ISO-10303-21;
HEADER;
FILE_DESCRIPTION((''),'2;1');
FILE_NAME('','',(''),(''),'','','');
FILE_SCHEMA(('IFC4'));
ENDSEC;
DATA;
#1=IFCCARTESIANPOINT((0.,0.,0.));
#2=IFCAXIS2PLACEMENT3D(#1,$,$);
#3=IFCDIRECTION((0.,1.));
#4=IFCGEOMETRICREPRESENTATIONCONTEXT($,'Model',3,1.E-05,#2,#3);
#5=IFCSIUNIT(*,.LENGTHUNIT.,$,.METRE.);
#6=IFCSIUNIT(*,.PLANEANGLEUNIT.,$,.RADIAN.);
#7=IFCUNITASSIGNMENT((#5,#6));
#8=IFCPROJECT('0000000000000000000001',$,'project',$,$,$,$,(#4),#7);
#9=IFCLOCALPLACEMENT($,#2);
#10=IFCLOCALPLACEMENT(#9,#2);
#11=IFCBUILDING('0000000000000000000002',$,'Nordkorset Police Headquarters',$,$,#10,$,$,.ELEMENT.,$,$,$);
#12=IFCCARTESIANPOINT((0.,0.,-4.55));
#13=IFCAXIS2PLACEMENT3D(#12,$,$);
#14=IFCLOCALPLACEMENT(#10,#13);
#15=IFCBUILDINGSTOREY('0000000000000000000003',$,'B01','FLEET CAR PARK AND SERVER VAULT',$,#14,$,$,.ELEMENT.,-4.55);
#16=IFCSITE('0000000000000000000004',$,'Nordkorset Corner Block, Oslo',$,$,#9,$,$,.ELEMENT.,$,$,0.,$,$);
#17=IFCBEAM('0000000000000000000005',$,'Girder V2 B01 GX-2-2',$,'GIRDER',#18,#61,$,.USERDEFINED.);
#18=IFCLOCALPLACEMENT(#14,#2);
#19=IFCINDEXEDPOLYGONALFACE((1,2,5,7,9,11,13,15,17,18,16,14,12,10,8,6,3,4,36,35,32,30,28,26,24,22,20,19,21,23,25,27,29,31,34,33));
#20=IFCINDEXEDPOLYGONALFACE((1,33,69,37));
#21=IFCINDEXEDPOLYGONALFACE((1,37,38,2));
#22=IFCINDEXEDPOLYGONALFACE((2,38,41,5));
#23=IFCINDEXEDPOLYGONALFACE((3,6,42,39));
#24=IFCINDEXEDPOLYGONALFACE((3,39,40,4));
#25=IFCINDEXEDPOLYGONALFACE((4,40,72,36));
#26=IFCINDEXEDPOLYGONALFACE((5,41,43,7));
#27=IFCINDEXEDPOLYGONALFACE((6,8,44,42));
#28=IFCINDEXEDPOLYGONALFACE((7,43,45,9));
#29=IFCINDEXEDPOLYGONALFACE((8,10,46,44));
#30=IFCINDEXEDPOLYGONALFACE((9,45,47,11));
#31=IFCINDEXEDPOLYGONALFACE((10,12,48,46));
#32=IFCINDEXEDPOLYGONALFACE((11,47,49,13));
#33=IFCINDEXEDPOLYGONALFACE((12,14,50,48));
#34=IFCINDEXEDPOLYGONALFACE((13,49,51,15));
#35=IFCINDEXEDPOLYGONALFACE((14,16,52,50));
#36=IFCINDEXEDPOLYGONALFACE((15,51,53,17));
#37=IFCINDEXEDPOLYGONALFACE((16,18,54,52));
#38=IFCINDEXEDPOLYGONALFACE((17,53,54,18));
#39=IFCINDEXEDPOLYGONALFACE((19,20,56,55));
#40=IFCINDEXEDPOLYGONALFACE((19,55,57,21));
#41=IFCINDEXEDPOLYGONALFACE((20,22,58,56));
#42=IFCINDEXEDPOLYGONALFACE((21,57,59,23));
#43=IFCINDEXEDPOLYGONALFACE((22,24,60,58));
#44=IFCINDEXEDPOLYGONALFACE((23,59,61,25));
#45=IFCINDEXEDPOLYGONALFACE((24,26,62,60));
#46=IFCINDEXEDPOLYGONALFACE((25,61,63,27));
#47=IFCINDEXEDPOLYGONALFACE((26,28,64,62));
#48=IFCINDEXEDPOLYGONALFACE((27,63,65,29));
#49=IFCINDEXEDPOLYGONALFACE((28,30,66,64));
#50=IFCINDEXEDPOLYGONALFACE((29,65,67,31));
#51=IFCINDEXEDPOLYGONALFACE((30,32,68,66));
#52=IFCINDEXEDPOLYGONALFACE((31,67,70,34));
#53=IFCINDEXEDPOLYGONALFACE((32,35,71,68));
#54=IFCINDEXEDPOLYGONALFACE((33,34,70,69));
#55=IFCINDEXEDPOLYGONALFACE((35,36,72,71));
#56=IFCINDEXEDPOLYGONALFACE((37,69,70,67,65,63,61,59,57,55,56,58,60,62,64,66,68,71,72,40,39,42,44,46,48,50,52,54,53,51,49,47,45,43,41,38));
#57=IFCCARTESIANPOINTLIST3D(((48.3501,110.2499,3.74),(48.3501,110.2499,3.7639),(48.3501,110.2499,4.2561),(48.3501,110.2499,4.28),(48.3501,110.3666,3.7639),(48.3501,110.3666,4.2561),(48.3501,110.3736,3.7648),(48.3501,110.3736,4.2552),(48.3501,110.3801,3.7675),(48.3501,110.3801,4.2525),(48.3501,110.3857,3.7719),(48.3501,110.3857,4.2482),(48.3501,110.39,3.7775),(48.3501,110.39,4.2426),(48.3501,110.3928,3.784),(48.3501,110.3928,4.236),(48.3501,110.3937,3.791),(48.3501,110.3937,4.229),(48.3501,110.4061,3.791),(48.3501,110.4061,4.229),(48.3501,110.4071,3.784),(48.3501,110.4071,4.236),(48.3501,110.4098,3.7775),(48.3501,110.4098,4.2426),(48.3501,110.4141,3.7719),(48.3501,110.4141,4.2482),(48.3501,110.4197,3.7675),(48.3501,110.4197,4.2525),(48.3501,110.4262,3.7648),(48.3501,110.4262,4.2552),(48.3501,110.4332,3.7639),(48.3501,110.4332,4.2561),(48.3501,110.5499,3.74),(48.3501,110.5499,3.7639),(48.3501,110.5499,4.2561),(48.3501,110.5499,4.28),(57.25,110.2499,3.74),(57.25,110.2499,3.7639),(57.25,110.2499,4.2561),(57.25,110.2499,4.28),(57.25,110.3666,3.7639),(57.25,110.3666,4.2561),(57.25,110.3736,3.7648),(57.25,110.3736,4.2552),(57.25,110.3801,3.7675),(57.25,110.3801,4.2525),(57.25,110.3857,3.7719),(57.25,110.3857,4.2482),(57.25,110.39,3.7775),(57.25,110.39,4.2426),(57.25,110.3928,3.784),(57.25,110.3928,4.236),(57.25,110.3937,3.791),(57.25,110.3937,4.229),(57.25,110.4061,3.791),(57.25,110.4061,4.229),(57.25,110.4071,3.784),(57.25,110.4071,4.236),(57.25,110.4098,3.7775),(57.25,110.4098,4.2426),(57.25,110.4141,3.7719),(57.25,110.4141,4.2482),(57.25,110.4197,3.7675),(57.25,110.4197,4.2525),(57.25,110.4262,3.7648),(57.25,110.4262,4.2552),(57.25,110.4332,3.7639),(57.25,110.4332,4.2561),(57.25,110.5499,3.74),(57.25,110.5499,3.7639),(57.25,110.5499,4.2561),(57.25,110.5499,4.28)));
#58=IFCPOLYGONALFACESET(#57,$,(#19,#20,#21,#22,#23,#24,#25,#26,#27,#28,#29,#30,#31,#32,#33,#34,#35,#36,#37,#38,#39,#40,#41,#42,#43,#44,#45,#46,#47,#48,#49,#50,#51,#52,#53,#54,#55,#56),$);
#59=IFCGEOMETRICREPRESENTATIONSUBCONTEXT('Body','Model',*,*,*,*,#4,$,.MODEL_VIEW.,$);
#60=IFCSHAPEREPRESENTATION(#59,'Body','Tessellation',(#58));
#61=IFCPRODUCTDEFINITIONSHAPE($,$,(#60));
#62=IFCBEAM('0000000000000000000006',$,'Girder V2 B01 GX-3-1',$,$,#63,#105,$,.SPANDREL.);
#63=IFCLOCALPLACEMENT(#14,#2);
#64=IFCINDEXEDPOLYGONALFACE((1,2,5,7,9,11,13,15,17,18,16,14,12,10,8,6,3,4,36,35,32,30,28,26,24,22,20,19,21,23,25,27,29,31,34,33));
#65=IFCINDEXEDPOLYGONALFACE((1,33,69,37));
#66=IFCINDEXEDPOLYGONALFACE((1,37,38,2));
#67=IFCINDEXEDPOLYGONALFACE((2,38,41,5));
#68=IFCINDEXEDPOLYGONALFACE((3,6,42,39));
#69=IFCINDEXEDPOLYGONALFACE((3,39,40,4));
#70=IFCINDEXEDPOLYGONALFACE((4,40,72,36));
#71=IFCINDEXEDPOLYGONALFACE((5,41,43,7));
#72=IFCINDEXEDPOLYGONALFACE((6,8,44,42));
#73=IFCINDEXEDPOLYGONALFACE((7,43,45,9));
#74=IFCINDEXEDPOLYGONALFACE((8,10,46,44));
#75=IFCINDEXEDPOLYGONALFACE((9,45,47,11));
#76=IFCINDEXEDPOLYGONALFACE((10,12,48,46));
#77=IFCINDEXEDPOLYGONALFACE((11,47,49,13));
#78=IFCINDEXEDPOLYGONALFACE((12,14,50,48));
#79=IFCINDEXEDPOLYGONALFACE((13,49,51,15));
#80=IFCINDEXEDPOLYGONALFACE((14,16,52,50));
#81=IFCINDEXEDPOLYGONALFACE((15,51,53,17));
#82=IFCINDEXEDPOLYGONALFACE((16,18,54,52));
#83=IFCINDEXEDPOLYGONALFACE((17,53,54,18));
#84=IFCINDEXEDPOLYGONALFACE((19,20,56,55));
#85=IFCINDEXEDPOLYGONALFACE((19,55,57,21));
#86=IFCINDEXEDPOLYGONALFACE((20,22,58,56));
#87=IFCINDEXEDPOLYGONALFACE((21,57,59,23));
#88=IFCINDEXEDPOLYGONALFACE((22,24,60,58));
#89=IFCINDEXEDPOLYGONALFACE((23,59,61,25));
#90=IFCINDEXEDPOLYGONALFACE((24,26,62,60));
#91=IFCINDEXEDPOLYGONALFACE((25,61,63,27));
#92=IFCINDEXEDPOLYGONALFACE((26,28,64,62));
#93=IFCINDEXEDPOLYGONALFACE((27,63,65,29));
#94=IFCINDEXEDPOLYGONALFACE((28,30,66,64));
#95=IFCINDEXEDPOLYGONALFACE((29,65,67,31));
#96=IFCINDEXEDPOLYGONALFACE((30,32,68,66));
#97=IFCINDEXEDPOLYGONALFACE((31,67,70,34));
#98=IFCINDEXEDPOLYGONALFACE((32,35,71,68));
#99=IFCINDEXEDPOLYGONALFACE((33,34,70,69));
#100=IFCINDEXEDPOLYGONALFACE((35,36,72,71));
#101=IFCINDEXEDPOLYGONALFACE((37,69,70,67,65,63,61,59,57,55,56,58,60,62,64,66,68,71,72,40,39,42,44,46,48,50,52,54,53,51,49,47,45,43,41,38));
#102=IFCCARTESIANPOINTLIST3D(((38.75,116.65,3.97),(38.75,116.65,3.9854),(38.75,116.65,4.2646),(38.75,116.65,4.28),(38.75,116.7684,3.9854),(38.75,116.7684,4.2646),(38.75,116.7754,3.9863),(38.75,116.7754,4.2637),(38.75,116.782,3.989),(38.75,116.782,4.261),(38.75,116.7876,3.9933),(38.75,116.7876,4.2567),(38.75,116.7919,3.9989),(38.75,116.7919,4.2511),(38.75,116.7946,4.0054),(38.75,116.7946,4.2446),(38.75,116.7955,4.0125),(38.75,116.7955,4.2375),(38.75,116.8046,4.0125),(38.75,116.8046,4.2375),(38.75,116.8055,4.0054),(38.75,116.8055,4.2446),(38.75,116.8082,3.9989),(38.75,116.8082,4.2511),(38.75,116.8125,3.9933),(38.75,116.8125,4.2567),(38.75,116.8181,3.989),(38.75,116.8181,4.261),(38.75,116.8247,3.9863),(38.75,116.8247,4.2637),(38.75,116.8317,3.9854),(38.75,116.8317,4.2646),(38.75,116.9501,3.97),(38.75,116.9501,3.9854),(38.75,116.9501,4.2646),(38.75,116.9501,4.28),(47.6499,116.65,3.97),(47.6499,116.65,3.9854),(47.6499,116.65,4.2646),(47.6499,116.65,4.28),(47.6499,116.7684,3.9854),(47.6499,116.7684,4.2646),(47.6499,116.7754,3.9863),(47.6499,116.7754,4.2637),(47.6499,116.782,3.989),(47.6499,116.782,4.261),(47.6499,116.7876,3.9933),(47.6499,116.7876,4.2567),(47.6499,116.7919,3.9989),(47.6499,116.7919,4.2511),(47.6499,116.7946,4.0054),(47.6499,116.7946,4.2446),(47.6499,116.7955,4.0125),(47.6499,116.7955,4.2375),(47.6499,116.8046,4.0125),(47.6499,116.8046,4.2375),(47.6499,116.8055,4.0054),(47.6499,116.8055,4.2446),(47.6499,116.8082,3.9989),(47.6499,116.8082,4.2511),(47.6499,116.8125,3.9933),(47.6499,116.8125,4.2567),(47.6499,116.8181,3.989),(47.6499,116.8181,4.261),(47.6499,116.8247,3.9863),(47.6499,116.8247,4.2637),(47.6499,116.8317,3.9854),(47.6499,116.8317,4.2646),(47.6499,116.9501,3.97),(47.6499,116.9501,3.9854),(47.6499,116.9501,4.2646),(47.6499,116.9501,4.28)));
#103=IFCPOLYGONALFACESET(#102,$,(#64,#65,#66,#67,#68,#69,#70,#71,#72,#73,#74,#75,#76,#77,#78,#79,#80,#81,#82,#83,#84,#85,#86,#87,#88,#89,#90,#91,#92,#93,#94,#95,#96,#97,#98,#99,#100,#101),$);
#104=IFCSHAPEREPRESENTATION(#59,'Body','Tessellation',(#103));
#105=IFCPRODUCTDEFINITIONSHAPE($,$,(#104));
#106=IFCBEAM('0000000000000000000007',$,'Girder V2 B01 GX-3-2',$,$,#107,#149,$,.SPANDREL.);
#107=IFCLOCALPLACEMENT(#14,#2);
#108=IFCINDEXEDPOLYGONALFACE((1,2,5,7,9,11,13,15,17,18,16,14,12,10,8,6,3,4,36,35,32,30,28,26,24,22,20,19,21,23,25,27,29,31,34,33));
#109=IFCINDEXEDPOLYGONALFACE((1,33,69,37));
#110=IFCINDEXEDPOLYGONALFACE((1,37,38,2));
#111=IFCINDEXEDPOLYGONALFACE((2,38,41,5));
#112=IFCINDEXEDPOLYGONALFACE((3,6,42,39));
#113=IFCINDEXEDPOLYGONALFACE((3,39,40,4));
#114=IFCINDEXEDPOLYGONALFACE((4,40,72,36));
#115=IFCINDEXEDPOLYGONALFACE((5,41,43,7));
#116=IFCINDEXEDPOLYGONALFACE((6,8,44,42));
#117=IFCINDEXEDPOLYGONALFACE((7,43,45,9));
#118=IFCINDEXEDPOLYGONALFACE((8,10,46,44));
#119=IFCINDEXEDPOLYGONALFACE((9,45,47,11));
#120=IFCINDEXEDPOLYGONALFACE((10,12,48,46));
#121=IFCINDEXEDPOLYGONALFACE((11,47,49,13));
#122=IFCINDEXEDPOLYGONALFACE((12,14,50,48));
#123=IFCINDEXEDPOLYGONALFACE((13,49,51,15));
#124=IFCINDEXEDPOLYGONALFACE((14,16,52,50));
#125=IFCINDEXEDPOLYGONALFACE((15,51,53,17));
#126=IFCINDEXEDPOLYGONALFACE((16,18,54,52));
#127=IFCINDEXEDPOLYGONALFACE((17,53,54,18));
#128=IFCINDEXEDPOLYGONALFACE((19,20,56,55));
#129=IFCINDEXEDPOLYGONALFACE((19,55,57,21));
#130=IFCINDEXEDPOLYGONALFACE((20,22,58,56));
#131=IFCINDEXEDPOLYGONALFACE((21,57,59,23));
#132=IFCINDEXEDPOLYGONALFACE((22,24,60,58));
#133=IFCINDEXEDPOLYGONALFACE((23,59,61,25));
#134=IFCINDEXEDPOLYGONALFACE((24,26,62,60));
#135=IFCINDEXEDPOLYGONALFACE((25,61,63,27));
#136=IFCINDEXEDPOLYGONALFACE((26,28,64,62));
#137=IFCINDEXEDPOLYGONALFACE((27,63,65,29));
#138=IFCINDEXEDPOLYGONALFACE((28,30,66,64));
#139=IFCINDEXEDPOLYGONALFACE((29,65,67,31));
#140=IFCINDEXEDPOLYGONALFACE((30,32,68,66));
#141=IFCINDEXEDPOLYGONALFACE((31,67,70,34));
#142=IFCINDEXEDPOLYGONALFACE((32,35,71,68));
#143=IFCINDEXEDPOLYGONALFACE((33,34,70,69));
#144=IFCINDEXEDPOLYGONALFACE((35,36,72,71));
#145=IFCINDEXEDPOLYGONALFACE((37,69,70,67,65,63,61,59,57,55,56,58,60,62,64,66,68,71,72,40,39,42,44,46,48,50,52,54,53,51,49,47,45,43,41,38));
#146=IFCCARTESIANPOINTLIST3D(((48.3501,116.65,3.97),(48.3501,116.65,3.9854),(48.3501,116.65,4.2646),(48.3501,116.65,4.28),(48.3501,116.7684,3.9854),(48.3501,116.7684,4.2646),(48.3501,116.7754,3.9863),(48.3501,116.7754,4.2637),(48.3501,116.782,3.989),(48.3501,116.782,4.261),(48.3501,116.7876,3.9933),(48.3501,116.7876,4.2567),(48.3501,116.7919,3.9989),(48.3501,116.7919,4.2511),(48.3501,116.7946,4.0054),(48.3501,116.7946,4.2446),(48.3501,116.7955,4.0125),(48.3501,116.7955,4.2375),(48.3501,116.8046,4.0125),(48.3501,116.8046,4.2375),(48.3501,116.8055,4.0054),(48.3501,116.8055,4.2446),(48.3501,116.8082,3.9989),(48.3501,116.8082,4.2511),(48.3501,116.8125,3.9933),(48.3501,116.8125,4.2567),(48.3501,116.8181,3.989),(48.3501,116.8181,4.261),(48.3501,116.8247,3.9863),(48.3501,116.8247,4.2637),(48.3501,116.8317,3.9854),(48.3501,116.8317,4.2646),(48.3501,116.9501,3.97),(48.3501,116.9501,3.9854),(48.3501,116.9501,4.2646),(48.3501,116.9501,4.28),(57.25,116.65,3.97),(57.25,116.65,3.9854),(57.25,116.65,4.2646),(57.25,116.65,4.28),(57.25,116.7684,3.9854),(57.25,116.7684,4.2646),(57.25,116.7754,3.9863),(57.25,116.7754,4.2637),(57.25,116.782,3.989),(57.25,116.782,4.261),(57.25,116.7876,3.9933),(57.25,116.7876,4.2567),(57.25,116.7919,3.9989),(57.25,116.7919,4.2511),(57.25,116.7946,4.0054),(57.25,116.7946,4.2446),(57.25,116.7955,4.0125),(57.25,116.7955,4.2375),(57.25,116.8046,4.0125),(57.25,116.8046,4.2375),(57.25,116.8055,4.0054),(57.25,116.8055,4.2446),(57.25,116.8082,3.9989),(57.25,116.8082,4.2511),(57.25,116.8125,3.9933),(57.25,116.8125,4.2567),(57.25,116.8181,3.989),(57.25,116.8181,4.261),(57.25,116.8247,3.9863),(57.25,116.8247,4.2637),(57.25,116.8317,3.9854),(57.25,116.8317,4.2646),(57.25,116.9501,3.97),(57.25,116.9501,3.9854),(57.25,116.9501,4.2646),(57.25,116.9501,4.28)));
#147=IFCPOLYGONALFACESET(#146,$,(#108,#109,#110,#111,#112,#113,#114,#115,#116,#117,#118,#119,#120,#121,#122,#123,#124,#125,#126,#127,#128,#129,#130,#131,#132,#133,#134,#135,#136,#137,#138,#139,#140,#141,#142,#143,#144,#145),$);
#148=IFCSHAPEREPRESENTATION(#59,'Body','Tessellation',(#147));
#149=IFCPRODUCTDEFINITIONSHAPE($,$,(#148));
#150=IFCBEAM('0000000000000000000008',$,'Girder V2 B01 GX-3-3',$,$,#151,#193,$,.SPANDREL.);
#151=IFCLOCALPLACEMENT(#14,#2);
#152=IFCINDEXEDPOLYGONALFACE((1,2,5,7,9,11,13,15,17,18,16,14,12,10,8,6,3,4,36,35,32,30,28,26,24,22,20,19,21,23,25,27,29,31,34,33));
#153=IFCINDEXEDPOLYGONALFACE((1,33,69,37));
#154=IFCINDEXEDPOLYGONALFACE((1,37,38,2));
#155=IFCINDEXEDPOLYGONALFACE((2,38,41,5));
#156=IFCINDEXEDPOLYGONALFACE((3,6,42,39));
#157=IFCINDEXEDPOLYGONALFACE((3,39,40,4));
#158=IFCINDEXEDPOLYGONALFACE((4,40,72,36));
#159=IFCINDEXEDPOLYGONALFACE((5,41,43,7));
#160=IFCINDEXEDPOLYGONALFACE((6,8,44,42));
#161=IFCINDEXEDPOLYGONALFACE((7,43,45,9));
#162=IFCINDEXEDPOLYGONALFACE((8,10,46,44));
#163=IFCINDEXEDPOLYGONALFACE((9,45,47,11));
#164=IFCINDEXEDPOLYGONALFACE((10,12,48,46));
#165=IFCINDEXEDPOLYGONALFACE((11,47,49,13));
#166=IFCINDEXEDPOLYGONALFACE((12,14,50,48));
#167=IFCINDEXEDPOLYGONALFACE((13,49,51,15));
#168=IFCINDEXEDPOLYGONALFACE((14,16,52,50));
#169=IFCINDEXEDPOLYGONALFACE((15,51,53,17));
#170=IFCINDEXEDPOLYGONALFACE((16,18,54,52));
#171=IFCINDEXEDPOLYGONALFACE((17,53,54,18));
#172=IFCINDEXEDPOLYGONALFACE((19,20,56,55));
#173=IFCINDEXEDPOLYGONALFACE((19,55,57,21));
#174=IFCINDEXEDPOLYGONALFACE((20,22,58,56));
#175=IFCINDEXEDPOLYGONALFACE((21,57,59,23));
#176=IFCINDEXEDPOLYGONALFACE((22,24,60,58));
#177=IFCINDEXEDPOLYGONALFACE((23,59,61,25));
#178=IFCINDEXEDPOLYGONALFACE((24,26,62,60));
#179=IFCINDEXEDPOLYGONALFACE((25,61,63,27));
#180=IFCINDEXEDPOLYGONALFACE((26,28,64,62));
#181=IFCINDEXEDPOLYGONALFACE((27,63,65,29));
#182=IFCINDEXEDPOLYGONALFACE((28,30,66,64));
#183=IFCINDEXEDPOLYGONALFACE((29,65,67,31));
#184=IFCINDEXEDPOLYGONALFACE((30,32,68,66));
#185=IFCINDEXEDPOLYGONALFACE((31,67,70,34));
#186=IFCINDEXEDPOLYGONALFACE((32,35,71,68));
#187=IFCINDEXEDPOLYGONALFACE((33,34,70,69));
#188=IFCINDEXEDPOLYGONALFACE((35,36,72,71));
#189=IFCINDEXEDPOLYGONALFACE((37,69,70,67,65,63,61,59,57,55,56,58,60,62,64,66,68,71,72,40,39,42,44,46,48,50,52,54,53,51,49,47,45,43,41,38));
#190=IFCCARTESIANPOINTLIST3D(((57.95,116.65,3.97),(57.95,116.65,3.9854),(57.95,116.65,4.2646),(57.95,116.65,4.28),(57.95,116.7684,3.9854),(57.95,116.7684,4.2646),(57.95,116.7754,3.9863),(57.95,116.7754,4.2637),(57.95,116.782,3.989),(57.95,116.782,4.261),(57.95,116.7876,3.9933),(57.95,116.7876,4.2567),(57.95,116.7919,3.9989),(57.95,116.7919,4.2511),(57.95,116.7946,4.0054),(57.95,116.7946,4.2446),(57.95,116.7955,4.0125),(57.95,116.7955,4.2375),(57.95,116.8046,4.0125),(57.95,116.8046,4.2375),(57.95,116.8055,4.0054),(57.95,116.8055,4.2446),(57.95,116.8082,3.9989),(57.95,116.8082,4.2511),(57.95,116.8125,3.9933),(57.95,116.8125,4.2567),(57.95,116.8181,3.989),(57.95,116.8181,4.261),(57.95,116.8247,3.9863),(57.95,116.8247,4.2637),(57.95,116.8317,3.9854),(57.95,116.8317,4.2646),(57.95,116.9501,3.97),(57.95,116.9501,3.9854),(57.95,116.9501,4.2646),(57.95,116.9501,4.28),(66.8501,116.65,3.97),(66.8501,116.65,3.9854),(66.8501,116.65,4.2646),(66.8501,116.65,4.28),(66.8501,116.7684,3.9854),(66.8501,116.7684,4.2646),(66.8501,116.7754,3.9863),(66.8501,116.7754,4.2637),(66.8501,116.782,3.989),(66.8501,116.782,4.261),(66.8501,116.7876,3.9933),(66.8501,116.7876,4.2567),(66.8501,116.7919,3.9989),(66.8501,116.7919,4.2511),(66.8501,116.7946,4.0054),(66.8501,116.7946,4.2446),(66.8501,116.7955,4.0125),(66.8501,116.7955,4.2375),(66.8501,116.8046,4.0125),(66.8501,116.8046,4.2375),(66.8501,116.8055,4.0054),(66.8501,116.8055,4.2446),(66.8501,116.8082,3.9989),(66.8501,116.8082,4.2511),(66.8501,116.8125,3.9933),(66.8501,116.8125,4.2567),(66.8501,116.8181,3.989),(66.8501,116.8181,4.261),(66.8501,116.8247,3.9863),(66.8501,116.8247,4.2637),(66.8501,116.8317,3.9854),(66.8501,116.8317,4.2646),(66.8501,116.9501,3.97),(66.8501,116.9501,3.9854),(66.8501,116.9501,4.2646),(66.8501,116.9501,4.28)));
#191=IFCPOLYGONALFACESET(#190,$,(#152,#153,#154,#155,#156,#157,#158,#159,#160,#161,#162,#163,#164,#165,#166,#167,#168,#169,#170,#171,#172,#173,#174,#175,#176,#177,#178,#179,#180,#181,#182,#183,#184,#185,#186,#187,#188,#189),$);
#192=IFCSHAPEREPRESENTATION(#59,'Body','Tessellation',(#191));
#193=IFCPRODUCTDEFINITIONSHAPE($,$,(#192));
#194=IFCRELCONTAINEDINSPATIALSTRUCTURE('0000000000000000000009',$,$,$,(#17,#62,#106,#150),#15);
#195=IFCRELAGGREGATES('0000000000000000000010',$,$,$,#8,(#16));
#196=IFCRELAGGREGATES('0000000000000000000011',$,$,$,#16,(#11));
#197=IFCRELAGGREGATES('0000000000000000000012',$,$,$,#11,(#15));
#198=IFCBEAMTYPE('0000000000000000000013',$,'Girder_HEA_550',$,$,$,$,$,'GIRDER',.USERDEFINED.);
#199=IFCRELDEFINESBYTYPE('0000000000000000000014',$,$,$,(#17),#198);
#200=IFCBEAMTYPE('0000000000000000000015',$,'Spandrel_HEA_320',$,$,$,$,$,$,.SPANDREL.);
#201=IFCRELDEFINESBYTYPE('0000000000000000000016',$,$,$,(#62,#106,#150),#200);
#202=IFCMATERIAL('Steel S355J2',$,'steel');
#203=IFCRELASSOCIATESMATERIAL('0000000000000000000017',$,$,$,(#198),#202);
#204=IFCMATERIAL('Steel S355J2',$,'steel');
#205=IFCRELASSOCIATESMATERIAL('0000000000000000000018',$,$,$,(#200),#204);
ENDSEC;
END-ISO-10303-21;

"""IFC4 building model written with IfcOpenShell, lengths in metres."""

from ifc_helpers import new_model, si_unit, direction, frame, origin, origin_2d, place, context, subcontext, project, spatial, i_section, extrude, material, material_profile, profile_set, type_object, element, save


model = new_model("IFC4")

# Units and contexts
model_context = context("Model", 3, precision=1e-05, world=origin(), true_north=direction((0.0, 1.0)))
body_context = subcontext(model_context, "Body", "Model", "MODEL_VIEW")
ifc_project = project(units=[si_unit("LENGTHUNIT", "METRE"), si_unit("PLANEANGLEUNIT", "RADIAN")], contexts=[model_context])

# Site, building, storey
site_placement = place(None, origin())
site = spatial("IfcSite", under=ifc_project, at=site_placement, Name="Nordkorset Corner Block, Oslo", CompositionType="ELEMENT", RefElevation=0.0)
building_placement = place(site_placement, origin())
building = spatial("IfcBuilding", under=site, at=building_placement, Name="Nordkorset Police Headquarters", CompositionType="ELEMENT")
storey_placement = place(building_placement, frame((0.0, 0.0, -4.55)))
storey = spatial("IfcBuildingStorey", under=building, at=storey_placement, Name="B01", Description="FLEET CAR PARK AND SERVER VAULT", CompositionType="ELEMENT", Elevation=-4.55)

# Beams
ifc_material_1 = material(Name="Steel S355J2", Category="steel")
ifc_material_profile_1 = material_profile(ifc_material_1, i_section(OverallWidth=0.3, OverallDepth=0.54, WebThickness=0.0125, FlangeThickness=0.0239, FilletRadius=0.0271, at=origin_2d()), Name="HEA 550")
ifc_profile_set_1 = profile_set([ifc_material_profile_1], Name="Steel S355J2")
beam_type_1 = type_object("IfcBeamType", Name="Girder_HEA_550", ElementType="GIRDER", PredefinedType="USERDEFINED", material=ifc_profile_set_1)
beam_1_placement = place(storey_placement, frame((48.3501, 110.3999, 4.01), z_axis=(1.0, 0.0, 0.0), x_axis=(0.0, 1.0, 0.0)))
element("IfcBeam", 1, at=beam_1_placement, inside=storey, type_object=beam_type_1, Name="Girder V2 B01 GX-2-2", ObjectType="GIRDER", PredefinedType="USERDEFINED", context=body_context, shape_type="SweptSolid", body=[
    extrude(i_section(OverallWidth=0.3, OverallDepth=0.54, WebThickness=0.0125, FlangeThickness=0.0239, FilletRadius=0.0271, at=origin_2d()), origin(), (0.0, 0.0, 1.0), 8.8999),
])
ifc_material_2 = material(Name="Steel S355J2", Category="steel")
ifc_material_profile_2 = material_profile(ifc_material_2, i_section(OverallWidth=0.3, OverallDepth=0.3101, WebThickness=0.009, FlangeThickness=0.0154, FilletRadius=0.0271, at=origin_2d()), Name="HEA 320")
ifc_profile_set_2 = profile_set([ifc_material_profile_2], Name="Steel S355J2")
beam_type_2 = type_object("IfcBeamType", Name="Spandrel_HEA_320", PredefinedType="SPANDREL", material=ifc_profile_set_2)
for number, where, z_axis, x_axis, name in (
    (2, (38.75, 116.8, 4.125), (1.0, 0.0, 0.0), (0.0, 1.0, 0.0), "Girder V2 B01 GX-3-1"),
    (3, (48.3501, 116.8, 4.125), (1.0, 0.0, 0.0), (0.0, 1.0, 0.0), "Girder V2 B01 GX-3-2"),
):
    element("IfcBeam", number, at=place(storey_placement, frame(where, z_axis=z_axis, x_axis=x_axis)), inside=storey, type_object=beam_type_2, Name=name, PredefinedType="SPANDREL", context=body_context, shape_type="SweptSolid", body=[
        extrude(i_section(OverallWidth=0.3, OverallDepth=0.3101, WebThickness=0.009, FlangeThickness=0.0154, FilletRadius=0.0271, at=origin_2d()), origin(), (0.0, 0.0, 1.0), 8.8999),
    ])
beam_2_placement = place(storey_placement, frame((57.95, 116.8, 4.125), z_axis=(1.0, 0.0, 0.0), x_axis=(0.0, 1.0, 0.0)))
element("IfcBeam", 4, at=beam_2_placement, inside=storey, type_object=beam_type_2, Name="Girder V2 B01 GX-3-3", PredefinedType="SPANDREL", context=body_context, shape_type="SweptSolid", body=[
    extrude(i_section(OverallWidth=0.3, OverallDepth=0.3101, WebThickness=0.009, FlangeThickness=0.0154, FilletRadius=0.0271, at=origin_2d()), origin(), (0.0, 0.0, 1.0), 8.9001),
])

save(model, "model.ifc")
